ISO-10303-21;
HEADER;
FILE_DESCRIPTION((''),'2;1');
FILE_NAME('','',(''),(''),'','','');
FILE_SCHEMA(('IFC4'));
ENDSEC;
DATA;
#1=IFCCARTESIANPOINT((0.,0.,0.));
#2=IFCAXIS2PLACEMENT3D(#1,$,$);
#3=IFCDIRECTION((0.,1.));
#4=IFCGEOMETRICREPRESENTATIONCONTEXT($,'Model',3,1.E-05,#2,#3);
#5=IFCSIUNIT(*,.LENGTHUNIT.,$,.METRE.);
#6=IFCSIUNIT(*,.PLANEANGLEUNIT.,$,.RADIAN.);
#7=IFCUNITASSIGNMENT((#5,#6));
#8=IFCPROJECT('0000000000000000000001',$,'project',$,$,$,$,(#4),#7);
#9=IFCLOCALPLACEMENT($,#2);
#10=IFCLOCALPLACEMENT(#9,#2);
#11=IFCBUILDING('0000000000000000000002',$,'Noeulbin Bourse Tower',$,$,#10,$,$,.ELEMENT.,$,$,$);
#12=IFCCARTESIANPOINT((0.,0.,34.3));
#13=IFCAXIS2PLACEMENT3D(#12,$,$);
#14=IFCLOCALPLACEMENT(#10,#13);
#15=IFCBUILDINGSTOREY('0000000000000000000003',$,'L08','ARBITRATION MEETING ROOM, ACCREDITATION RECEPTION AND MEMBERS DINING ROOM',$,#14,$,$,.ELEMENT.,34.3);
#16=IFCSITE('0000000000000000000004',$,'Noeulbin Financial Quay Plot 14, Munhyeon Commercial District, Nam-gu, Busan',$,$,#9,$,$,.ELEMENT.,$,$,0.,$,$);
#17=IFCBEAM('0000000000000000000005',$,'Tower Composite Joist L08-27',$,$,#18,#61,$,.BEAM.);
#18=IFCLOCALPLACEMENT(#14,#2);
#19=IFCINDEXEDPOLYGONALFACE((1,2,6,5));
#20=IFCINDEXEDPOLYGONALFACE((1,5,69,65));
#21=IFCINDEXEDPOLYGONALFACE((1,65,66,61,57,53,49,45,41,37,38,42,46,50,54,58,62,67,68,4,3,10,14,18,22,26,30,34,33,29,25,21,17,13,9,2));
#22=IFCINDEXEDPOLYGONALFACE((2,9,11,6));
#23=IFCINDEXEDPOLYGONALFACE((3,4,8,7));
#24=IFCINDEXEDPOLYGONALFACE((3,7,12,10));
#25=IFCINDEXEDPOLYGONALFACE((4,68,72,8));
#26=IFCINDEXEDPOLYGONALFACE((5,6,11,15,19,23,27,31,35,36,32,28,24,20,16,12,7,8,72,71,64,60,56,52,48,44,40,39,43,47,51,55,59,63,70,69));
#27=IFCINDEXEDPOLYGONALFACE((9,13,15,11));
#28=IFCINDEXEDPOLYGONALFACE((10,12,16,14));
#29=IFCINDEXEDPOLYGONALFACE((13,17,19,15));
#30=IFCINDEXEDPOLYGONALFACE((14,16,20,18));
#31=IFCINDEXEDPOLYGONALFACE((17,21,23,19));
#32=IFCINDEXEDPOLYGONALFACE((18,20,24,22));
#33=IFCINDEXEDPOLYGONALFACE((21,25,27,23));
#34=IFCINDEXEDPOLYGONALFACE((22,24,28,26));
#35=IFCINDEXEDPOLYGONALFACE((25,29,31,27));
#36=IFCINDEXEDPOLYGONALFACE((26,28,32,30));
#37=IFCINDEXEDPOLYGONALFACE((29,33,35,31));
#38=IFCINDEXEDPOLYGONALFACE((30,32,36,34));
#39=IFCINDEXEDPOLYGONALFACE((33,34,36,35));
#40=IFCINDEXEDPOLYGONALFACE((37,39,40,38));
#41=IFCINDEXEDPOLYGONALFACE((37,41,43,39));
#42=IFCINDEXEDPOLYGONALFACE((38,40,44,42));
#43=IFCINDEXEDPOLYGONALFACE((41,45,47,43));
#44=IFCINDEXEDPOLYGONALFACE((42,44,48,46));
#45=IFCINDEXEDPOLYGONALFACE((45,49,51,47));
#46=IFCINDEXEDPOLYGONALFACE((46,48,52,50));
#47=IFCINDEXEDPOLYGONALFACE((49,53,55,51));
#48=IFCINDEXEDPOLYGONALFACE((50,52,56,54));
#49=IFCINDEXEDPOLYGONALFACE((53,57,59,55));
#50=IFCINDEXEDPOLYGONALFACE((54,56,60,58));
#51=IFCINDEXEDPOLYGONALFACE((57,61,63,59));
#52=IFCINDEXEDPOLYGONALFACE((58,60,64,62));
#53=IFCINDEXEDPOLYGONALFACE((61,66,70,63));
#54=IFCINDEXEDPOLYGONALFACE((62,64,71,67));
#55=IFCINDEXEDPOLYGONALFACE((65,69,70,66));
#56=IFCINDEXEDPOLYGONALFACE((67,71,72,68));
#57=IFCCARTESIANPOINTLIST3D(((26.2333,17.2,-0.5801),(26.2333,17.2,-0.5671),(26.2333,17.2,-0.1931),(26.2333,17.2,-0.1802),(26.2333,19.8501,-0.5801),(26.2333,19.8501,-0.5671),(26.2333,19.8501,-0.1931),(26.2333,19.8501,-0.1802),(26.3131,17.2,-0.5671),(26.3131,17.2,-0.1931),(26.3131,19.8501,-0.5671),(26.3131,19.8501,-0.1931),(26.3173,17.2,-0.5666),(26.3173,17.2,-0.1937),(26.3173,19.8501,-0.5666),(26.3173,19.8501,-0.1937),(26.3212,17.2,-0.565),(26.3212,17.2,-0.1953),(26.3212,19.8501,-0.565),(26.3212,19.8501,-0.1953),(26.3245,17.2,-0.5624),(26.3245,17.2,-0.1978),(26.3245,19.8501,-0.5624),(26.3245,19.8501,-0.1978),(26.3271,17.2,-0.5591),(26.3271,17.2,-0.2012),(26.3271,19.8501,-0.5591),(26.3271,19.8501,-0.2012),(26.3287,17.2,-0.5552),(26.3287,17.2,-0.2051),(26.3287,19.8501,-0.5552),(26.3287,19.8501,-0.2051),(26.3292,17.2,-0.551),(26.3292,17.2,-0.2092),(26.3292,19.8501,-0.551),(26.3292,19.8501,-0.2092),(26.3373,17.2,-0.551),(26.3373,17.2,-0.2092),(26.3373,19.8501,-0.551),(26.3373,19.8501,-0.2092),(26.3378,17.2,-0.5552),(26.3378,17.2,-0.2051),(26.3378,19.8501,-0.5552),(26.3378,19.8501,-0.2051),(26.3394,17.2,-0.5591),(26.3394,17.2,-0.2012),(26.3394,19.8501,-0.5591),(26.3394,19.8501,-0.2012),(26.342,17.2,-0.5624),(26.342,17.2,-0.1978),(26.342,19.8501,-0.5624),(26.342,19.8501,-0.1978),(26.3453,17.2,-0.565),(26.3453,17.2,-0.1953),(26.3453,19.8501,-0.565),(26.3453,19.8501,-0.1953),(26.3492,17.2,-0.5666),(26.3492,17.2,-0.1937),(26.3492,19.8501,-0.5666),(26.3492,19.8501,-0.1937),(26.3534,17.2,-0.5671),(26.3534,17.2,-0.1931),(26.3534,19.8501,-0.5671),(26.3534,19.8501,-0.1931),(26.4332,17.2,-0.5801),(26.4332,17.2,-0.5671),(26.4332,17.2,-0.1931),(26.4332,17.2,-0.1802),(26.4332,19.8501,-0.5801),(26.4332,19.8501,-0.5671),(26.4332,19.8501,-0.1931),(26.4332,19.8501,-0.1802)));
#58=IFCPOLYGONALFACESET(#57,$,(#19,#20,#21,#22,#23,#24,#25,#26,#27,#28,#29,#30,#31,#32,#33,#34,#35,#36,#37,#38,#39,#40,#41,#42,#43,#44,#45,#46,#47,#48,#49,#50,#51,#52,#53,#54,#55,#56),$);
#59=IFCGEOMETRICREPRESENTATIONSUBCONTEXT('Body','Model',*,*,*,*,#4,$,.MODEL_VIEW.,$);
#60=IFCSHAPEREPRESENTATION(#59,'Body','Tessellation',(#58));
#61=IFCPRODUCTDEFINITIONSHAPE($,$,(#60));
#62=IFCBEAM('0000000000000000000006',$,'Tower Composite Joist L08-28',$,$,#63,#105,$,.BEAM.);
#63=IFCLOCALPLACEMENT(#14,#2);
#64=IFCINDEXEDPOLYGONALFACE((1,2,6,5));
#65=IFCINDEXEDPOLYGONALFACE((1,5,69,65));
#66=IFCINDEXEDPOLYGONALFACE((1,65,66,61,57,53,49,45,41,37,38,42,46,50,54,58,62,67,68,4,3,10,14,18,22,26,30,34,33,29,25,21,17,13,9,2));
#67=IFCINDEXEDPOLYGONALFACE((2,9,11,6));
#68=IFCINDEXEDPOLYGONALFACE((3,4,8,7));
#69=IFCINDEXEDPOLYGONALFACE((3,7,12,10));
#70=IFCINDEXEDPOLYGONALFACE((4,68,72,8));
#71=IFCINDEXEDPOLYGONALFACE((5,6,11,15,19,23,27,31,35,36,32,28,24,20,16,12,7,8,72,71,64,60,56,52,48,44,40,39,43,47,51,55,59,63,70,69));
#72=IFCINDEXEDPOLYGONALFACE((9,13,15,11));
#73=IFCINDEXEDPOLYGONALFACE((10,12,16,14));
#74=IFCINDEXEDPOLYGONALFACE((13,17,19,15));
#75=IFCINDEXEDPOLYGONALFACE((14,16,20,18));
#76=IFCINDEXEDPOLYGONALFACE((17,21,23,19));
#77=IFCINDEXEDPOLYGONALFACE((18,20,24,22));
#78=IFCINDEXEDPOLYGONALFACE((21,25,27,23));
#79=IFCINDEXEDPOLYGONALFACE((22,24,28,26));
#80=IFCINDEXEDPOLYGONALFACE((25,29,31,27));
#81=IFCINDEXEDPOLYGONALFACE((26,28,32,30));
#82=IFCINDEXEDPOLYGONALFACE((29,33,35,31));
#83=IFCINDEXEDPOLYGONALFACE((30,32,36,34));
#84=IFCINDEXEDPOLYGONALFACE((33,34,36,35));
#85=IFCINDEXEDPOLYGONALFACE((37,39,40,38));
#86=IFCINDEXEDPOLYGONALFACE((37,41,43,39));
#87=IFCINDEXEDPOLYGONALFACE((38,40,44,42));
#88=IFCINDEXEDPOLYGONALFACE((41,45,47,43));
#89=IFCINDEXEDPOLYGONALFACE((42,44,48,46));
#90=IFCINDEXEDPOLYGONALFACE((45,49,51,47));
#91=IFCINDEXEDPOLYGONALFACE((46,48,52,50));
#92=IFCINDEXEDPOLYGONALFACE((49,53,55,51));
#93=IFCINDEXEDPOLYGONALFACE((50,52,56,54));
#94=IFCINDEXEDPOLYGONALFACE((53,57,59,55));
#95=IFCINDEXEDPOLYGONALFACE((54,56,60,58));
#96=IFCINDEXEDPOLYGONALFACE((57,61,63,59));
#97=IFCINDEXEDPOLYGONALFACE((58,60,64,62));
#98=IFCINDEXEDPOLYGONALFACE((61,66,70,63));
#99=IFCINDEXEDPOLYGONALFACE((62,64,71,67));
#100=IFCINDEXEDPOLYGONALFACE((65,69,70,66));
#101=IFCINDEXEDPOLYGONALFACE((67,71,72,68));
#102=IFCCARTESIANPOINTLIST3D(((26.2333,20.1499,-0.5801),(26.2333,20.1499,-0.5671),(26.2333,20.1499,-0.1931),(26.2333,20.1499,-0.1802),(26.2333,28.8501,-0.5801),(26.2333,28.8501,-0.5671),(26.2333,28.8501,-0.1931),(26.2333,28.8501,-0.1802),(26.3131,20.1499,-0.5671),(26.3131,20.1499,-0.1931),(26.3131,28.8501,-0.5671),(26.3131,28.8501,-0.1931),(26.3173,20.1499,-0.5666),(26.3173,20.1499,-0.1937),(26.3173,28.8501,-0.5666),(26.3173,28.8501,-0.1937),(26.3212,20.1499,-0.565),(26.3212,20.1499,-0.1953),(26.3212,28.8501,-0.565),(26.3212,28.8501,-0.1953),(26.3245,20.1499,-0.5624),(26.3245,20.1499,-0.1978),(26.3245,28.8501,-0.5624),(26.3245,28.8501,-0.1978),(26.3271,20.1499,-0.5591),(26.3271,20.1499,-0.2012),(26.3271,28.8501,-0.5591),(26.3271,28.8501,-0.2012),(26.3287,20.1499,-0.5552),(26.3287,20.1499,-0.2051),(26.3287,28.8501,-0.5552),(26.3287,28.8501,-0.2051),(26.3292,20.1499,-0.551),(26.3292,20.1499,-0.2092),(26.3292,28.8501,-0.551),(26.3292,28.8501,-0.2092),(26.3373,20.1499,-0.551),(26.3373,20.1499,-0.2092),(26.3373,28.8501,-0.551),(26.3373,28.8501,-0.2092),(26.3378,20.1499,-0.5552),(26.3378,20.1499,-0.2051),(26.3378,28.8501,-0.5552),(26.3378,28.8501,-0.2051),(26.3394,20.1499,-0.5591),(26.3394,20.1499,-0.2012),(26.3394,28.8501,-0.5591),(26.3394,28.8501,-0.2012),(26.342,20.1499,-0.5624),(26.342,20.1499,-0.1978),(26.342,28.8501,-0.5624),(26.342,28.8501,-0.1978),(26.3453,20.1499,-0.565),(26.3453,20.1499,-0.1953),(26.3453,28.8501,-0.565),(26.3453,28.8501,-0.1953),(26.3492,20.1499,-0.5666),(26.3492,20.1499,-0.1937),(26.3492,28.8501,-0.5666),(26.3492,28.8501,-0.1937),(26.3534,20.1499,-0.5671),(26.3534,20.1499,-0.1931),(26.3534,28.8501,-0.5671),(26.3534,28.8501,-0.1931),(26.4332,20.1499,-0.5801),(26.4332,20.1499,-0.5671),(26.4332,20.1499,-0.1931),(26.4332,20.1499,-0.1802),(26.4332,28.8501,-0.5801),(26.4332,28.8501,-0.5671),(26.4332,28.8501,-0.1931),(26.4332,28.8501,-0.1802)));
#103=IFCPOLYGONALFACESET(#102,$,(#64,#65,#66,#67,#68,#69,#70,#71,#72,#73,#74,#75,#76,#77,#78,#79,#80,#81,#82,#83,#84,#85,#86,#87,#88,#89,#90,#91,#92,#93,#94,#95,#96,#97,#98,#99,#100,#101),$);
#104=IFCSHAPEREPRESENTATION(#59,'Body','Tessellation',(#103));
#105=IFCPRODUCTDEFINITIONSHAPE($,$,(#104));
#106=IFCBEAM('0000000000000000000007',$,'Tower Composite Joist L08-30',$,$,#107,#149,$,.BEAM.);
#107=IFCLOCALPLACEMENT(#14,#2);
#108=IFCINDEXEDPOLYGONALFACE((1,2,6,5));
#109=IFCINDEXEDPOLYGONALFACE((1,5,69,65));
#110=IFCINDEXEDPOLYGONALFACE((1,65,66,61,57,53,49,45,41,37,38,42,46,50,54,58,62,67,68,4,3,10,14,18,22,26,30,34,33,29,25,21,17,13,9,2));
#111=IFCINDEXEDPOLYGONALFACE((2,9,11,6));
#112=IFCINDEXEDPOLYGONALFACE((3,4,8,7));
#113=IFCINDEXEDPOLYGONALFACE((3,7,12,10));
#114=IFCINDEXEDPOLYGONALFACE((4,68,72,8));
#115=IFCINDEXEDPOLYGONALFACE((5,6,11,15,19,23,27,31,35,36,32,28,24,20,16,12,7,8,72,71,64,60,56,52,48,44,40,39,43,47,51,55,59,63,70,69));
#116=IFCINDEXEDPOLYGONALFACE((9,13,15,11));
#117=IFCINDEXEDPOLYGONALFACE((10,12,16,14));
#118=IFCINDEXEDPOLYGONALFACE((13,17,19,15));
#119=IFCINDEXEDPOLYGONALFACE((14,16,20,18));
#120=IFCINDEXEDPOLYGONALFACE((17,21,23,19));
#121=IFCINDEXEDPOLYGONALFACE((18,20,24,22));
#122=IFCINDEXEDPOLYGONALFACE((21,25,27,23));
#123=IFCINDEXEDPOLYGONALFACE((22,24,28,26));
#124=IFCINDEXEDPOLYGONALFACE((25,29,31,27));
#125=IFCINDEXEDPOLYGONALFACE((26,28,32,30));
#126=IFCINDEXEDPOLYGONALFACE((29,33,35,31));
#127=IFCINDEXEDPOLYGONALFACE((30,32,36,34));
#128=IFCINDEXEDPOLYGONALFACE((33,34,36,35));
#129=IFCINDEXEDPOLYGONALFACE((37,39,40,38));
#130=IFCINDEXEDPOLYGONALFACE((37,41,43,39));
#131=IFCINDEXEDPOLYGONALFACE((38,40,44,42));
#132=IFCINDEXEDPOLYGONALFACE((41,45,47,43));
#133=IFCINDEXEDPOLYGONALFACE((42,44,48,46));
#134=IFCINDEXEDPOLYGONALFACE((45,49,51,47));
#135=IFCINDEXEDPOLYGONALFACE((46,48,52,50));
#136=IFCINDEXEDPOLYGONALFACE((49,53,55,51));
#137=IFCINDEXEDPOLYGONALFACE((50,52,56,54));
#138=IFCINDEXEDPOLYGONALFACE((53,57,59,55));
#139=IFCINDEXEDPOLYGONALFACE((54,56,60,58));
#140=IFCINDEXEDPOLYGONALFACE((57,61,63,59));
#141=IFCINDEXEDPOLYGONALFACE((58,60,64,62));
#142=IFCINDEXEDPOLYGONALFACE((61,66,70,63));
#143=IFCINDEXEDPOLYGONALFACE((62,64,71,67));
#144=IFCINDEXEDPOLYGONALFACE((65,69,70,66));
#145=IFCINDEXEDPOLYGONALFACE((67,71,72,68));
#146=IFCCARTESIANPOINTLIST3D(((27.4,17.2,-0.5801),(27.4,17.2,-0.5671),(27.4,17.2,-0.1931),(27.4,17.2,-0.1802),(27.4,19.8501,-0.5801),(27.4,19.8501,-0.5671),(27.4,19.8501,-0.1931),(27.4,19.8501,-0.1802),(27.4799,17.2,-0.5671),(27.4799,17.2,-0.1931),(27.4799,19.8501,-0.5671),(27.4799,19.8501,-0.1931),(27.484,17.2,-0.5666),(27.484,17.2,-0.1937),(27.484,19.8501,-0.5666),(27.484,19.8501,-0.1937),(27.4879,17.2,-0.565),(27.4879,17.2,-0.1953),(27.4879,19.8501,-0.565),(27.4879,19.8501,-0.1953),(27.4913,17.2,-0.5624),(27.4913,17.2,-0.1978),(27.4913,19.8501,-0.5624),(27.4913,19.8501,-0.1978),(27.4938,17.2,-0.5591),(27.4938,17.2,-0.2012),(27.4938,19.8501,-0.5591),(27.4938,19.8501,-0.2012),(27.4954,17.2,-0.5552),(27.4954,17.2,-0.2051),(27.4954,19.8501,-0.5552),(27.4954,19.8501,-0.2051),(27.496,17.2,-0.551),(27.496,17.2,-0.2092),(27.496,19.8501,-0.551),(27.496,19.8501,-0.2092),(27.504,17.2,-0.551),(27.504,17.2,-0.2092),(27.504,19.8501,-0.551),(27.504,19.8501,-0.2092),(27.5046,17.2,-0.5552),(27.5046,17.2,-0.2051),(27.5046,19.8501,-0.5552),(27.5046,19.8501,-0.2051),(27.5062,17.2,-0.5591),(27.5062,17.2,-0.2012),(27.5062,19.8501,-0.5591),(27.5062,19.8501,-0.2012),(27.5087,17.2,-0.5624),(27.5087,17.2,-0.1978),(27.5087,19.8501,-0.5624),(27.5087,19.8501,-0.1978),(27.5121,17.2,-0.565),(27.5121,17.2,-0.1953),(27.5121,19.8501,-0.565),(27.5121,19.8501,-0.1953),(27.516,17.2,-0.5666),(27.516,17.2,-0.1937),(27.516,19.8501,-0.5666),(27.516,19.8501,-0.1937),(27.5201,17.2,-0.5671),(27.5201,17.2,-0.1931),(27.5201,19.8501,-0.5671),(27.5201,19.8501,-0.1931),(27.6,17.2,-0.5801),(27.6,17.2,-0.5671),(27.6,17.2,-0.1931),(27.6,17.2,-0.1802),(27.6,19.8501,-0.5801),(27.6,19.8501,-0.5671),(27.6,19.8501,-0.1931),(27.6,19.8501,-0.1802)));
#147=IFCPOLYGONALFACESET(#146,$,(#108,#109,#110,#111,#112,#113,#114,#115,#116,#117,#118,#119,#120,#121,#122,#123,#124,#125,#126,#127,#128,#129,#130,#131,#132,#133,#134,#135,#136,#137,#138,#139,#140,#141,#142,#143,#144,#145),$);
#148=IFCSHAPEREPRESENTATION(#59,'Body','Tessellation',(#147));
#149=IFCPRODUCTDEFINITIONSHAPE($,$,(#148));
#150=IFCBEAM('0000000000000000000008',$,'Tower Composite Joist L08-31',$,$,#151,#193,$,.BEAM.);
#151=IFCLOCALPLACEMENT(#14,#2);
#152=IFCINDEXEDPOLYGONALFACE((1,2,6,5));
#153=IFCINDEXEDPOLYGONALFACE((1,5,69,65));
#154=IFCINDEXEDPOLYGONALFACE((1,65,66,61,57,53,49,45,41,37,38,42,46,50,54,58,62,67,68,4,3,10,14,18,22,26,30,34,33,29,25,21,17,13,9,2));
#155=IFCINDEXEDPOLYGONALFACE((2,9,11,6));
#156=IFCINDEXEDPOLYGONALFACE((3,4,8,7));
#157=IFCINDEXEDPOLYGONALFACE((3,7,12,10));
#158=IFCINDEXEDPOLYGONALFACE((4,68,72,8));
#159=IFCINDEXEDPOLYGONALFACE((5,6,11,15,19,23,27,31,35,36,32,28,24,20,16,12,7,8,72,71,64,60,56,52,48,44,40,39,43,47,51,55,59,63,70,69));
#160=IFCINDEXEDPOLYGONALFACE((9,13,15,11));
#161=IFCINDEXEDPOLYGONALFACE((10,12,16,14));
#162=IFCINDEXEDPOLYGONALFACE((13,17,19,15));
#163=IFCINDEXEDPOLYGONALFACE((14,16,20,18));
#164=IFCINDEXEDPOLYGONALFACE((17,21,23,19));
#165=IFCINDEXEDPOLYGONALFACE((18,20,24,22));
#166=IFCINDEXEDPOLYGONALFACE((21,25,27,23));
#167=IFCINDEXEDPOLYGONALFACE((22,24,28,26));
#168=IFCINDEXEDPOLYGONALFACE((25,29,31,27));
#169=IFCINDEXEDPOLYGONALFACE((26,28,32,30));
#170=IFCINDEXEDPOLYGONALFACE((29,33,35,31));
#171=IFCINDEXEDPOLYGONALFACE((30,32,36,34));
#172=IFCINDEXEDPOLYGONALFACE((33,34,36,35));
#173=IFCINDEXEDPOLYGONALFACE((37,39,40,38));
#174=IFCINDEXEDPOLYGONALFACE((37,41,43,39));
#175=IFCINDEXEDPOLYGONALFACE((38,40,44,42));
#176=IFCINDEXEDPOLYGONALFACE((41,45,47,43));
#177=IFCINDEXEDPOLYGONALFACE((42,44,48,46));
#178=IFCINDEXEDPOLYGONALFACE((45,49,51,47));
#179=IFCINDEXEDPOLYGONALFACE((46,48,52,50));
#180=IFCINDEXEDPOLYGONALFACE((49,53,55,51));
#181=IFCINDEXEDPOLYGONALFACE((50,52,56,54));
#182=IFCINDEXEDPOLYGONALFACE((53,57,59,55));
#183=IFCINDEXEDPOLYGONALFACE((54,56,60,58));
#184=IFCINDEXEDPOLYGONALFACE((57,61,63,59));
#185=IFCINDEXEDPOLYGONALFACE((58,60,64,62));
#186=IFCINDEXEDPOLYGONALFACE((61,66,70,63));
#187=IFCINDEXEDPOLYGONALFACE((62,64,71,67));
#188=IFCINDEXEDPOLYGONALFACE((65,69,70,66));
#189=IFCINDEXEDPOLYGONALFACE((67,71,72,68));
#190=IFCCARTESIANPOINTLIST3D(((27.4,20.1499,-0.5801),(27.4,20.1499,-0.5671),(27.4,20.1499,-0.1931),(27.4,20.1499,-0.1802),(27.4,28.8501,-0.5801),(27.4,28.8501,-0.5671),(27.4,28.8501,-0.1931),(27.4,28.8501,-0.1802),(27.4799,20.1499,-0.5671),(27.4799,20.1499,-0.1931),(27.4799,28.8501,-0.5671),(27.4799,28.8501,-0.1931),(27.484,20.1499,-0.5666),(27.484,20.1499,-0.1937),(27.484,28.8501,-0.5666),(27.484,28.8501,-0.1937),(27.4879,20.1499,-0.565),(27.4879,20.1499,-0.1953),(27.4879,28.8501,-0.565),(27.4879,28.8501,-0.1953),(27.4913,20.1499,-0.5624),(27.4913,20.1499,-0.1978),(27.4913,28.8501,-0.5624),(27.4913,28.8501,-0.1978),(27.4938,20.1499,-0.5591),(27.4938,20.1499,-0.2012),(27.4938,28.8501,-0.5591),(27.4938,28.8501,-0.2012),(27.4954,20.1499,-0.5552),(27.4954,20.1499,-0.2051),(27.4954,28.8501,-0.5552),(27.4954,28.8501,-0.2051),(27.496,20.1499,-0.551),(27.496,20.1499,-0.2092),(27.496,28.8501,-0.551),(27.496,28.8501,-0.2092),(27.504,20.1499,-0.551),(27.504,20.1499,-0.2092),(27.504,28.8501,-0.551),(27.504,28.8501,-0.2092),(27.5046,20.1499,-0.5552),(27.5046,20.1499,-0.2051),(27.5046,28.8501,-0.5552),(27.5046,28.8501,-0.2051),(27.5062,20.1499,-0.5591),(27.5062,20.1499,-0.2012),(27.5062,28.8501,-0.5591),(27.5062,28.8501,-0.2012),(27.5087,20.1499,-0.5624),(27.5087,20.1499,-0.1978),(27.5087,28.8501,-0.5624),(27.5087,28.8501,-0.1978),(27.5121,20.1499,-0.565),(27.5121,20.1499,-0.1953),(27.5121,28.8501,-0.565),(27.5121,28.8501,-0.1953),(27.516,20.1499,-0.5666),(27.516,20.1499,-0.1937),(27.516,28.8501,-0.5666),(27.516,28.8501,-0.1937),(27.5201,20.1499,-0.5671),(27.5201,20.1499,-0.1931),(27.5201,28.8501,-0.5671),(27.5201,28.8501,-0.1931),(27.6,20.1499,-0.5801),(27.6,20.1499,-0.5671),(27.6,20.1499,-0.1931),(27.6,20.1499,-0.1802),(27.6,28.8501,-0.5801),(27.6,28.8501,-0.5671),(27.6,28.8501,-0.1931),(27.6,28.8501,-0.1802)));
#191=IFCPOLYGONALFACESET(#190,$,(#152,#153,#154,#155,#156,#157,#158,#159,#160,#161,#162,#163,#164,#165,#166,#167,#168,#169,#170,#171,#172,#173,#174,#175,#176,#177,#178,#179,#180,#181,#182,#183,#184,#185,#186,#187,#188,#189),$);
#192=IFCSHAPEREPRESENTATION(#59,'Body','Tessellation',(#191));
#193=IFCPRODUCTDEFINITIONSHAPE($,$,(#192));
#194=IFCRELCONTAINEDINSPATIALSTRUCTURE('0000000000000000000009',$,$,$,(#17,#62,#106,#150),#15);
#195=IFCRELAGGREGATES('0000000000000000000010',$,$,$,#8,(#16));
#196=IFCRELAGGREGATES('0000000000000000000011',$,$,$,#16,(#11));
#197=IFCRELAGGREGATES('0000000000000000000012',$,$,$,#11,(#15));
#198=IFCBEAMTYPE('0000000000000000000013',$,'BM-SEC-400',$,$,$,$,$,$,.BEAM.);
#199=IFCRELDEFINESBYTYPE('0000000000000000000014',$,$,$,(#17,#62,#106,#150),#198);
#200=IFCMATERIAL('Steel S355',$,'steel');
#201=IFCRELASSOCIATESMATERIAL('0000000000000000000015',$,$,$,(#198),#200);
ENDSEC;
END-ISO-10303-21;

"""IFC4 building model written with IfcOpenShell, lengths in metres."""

from ifc_helpers import new_model, si_unit, direction, frame, origin, origin_2d, place, context, subcontext, project, spatial, i_section, extrude, material, material_profile, profile_set, type_object, element, save


model = new_model("IFC4")

# Units and contexts
model_context = context("Model", 3, precision=1e-05, world=origin(), true_north=direction((0.0, 1.0)))
body_context = subcontext(model_context, "Body", "Model", "MODEL_VIEW")
ifc_project = project(units=[si_unit("LENGTHUNIT", "METRE"), si_unit("PLANEANGLEUNIT", "RADIAN")], contexts=[model_context])

# Site, building, storey
site_placement = place(None, origin())
site = spatial("IfcSite", under=ifc_project, at=site_placement, Name="Noeulbin Financial Quay Plot 14, Munhyeon Commercial District, Nam-gu, Busan", CompositionType="ELEMENT", RefElevation=0.0)
building_placement = place(site_placement, origin())
building = spatial("IfcBuilding", under=site, at=building_placement, Name="Noeulbin Bourse Tower", CompositionType="ELEMENT")
storey_placement = place(building_placement, frame((0.0, 0.0, 34.3)))
storey = spatial("IfcBuildingStorey", under=building, at=storey_placement, Name="L08", Description="ARBITRATION MEETING ROOM, ACCREDITATION RECEPTION AND MEMBERS DINING ROOM", CompositionType="ELEMENT", Elevation=34.3)

# Beams
ifc_material_1 = material(Name="Steel S355", Category="steel")
ifc_material_profile_1 = material_profile(ifc_material_1, i_section(OverallWidth=0.2, OverallDepth=0.3999, WebThickness=0.0081, FlangeThickness=0.0129, FilletRadius=0.0161, at=origin_2d()), Name="H-400x200x8x13", Category="LoadBearing")
ifc_profile_set_1 = profile_set([ifc_material_profile_1], Name="Steel S355")
beam_type_1 = type_object("IfcBeamType", Name="BM-SEC-400", PredefinedType="BEAM", material=ifc_profile_set_1)
beam_1_placement = place(storey_placement, frame((26.3333, 17.2, -0.3801), z_axis=(0.0, 1.0, 0.0), x_axis=(-1.0, 0.0, 0.0)))
element("IfcBeam", 1, at=beam_1_placement, inside=storey, type_object=beam_type_1, Name="Tower Composite Joist L08-27", PredefinedType="BEAM", context=body_context, shape_type="SweptSolid", body=[
    extrude(i_section(OverallWidth=0.2, OverallDepth=0.3999, WebThickness=0.0081, FlangeThickness=0.0129, FilletRadius=0.0161, at=origin_2d()), origin(), (0.0, 0.0, 1.0), 2.6501),
])
beam_2_placement = place(storey_placement, frame((26.3333, 20.1499, -0.3801), z_axis=(0.0, 1.0, 0.0), x_axis=(-1.0, 0.0, 0.0)))
element("IfcBeam", 2, at=beam_2_placement, inside=storey, type_object=beam_type_1, Name="Tower Composite Joist L08-28", PredefinedType="BEAM", context=body_context, shape_type="SweptSolid", body=[
    extrude(i_section(OverallWidth=0.2, OverallDepth=0.3999, WebThickness=0.0081, FlangeThickness=0.0129, FilletRadius=0.0161, at=origin_2d()), origin(), (0.0, 0.0, 1.0), 8.7002),
])
beam_3_placement = place(storey_placement, frame((27.5, 17.2, -0.3801), z_axis=(0.0, 1.0, 0.0), x_axis=(-1.0, 0.0, 0.0)))
element("IfcBeam", 3, at=beam_3_placement, inside=storey, type_object=beam_type_1, Name="Tower Composite Joist L08-30", PredefinedType="BEAM", context=body_context, shape_type="SweptSolid", body=[
    extrude(i_section(OverallWidth=0.2, OverallDepth=0.3999, WebThickness=0.0081, FlangeThickness=0.0129, FilletRadius=0.0161, at=origin_2d()), origin(), (0.0, 0.0, 1.0), 2.6501),
])
beam_4_placement = place(storey_placement, frame((27.5, 20.1499, -0.3801), z_axis=(0.0, 1.0, 0.0), x_axis=(-1.0, 0.0, 0.0)))
element("IfcBeam", 4, at=beam_4_placement, inside=storey, type_object=beam_type_1, Name="Tower Composite Joist L08-31", PredefinedType="BEAM", context=body_context, shape_type="SweptSolid", body=[
    extrude(i_section(OverallWidth=0.2, OverallDepth=0.3999, WebThickness=0.0081, FlangeThickness=0.0129, FilletRadius=0.0161, at=origin_2d()), origin(), (0.0, 0.0, 1.0), 8.7002),
])

save(model, "model.ifc")
